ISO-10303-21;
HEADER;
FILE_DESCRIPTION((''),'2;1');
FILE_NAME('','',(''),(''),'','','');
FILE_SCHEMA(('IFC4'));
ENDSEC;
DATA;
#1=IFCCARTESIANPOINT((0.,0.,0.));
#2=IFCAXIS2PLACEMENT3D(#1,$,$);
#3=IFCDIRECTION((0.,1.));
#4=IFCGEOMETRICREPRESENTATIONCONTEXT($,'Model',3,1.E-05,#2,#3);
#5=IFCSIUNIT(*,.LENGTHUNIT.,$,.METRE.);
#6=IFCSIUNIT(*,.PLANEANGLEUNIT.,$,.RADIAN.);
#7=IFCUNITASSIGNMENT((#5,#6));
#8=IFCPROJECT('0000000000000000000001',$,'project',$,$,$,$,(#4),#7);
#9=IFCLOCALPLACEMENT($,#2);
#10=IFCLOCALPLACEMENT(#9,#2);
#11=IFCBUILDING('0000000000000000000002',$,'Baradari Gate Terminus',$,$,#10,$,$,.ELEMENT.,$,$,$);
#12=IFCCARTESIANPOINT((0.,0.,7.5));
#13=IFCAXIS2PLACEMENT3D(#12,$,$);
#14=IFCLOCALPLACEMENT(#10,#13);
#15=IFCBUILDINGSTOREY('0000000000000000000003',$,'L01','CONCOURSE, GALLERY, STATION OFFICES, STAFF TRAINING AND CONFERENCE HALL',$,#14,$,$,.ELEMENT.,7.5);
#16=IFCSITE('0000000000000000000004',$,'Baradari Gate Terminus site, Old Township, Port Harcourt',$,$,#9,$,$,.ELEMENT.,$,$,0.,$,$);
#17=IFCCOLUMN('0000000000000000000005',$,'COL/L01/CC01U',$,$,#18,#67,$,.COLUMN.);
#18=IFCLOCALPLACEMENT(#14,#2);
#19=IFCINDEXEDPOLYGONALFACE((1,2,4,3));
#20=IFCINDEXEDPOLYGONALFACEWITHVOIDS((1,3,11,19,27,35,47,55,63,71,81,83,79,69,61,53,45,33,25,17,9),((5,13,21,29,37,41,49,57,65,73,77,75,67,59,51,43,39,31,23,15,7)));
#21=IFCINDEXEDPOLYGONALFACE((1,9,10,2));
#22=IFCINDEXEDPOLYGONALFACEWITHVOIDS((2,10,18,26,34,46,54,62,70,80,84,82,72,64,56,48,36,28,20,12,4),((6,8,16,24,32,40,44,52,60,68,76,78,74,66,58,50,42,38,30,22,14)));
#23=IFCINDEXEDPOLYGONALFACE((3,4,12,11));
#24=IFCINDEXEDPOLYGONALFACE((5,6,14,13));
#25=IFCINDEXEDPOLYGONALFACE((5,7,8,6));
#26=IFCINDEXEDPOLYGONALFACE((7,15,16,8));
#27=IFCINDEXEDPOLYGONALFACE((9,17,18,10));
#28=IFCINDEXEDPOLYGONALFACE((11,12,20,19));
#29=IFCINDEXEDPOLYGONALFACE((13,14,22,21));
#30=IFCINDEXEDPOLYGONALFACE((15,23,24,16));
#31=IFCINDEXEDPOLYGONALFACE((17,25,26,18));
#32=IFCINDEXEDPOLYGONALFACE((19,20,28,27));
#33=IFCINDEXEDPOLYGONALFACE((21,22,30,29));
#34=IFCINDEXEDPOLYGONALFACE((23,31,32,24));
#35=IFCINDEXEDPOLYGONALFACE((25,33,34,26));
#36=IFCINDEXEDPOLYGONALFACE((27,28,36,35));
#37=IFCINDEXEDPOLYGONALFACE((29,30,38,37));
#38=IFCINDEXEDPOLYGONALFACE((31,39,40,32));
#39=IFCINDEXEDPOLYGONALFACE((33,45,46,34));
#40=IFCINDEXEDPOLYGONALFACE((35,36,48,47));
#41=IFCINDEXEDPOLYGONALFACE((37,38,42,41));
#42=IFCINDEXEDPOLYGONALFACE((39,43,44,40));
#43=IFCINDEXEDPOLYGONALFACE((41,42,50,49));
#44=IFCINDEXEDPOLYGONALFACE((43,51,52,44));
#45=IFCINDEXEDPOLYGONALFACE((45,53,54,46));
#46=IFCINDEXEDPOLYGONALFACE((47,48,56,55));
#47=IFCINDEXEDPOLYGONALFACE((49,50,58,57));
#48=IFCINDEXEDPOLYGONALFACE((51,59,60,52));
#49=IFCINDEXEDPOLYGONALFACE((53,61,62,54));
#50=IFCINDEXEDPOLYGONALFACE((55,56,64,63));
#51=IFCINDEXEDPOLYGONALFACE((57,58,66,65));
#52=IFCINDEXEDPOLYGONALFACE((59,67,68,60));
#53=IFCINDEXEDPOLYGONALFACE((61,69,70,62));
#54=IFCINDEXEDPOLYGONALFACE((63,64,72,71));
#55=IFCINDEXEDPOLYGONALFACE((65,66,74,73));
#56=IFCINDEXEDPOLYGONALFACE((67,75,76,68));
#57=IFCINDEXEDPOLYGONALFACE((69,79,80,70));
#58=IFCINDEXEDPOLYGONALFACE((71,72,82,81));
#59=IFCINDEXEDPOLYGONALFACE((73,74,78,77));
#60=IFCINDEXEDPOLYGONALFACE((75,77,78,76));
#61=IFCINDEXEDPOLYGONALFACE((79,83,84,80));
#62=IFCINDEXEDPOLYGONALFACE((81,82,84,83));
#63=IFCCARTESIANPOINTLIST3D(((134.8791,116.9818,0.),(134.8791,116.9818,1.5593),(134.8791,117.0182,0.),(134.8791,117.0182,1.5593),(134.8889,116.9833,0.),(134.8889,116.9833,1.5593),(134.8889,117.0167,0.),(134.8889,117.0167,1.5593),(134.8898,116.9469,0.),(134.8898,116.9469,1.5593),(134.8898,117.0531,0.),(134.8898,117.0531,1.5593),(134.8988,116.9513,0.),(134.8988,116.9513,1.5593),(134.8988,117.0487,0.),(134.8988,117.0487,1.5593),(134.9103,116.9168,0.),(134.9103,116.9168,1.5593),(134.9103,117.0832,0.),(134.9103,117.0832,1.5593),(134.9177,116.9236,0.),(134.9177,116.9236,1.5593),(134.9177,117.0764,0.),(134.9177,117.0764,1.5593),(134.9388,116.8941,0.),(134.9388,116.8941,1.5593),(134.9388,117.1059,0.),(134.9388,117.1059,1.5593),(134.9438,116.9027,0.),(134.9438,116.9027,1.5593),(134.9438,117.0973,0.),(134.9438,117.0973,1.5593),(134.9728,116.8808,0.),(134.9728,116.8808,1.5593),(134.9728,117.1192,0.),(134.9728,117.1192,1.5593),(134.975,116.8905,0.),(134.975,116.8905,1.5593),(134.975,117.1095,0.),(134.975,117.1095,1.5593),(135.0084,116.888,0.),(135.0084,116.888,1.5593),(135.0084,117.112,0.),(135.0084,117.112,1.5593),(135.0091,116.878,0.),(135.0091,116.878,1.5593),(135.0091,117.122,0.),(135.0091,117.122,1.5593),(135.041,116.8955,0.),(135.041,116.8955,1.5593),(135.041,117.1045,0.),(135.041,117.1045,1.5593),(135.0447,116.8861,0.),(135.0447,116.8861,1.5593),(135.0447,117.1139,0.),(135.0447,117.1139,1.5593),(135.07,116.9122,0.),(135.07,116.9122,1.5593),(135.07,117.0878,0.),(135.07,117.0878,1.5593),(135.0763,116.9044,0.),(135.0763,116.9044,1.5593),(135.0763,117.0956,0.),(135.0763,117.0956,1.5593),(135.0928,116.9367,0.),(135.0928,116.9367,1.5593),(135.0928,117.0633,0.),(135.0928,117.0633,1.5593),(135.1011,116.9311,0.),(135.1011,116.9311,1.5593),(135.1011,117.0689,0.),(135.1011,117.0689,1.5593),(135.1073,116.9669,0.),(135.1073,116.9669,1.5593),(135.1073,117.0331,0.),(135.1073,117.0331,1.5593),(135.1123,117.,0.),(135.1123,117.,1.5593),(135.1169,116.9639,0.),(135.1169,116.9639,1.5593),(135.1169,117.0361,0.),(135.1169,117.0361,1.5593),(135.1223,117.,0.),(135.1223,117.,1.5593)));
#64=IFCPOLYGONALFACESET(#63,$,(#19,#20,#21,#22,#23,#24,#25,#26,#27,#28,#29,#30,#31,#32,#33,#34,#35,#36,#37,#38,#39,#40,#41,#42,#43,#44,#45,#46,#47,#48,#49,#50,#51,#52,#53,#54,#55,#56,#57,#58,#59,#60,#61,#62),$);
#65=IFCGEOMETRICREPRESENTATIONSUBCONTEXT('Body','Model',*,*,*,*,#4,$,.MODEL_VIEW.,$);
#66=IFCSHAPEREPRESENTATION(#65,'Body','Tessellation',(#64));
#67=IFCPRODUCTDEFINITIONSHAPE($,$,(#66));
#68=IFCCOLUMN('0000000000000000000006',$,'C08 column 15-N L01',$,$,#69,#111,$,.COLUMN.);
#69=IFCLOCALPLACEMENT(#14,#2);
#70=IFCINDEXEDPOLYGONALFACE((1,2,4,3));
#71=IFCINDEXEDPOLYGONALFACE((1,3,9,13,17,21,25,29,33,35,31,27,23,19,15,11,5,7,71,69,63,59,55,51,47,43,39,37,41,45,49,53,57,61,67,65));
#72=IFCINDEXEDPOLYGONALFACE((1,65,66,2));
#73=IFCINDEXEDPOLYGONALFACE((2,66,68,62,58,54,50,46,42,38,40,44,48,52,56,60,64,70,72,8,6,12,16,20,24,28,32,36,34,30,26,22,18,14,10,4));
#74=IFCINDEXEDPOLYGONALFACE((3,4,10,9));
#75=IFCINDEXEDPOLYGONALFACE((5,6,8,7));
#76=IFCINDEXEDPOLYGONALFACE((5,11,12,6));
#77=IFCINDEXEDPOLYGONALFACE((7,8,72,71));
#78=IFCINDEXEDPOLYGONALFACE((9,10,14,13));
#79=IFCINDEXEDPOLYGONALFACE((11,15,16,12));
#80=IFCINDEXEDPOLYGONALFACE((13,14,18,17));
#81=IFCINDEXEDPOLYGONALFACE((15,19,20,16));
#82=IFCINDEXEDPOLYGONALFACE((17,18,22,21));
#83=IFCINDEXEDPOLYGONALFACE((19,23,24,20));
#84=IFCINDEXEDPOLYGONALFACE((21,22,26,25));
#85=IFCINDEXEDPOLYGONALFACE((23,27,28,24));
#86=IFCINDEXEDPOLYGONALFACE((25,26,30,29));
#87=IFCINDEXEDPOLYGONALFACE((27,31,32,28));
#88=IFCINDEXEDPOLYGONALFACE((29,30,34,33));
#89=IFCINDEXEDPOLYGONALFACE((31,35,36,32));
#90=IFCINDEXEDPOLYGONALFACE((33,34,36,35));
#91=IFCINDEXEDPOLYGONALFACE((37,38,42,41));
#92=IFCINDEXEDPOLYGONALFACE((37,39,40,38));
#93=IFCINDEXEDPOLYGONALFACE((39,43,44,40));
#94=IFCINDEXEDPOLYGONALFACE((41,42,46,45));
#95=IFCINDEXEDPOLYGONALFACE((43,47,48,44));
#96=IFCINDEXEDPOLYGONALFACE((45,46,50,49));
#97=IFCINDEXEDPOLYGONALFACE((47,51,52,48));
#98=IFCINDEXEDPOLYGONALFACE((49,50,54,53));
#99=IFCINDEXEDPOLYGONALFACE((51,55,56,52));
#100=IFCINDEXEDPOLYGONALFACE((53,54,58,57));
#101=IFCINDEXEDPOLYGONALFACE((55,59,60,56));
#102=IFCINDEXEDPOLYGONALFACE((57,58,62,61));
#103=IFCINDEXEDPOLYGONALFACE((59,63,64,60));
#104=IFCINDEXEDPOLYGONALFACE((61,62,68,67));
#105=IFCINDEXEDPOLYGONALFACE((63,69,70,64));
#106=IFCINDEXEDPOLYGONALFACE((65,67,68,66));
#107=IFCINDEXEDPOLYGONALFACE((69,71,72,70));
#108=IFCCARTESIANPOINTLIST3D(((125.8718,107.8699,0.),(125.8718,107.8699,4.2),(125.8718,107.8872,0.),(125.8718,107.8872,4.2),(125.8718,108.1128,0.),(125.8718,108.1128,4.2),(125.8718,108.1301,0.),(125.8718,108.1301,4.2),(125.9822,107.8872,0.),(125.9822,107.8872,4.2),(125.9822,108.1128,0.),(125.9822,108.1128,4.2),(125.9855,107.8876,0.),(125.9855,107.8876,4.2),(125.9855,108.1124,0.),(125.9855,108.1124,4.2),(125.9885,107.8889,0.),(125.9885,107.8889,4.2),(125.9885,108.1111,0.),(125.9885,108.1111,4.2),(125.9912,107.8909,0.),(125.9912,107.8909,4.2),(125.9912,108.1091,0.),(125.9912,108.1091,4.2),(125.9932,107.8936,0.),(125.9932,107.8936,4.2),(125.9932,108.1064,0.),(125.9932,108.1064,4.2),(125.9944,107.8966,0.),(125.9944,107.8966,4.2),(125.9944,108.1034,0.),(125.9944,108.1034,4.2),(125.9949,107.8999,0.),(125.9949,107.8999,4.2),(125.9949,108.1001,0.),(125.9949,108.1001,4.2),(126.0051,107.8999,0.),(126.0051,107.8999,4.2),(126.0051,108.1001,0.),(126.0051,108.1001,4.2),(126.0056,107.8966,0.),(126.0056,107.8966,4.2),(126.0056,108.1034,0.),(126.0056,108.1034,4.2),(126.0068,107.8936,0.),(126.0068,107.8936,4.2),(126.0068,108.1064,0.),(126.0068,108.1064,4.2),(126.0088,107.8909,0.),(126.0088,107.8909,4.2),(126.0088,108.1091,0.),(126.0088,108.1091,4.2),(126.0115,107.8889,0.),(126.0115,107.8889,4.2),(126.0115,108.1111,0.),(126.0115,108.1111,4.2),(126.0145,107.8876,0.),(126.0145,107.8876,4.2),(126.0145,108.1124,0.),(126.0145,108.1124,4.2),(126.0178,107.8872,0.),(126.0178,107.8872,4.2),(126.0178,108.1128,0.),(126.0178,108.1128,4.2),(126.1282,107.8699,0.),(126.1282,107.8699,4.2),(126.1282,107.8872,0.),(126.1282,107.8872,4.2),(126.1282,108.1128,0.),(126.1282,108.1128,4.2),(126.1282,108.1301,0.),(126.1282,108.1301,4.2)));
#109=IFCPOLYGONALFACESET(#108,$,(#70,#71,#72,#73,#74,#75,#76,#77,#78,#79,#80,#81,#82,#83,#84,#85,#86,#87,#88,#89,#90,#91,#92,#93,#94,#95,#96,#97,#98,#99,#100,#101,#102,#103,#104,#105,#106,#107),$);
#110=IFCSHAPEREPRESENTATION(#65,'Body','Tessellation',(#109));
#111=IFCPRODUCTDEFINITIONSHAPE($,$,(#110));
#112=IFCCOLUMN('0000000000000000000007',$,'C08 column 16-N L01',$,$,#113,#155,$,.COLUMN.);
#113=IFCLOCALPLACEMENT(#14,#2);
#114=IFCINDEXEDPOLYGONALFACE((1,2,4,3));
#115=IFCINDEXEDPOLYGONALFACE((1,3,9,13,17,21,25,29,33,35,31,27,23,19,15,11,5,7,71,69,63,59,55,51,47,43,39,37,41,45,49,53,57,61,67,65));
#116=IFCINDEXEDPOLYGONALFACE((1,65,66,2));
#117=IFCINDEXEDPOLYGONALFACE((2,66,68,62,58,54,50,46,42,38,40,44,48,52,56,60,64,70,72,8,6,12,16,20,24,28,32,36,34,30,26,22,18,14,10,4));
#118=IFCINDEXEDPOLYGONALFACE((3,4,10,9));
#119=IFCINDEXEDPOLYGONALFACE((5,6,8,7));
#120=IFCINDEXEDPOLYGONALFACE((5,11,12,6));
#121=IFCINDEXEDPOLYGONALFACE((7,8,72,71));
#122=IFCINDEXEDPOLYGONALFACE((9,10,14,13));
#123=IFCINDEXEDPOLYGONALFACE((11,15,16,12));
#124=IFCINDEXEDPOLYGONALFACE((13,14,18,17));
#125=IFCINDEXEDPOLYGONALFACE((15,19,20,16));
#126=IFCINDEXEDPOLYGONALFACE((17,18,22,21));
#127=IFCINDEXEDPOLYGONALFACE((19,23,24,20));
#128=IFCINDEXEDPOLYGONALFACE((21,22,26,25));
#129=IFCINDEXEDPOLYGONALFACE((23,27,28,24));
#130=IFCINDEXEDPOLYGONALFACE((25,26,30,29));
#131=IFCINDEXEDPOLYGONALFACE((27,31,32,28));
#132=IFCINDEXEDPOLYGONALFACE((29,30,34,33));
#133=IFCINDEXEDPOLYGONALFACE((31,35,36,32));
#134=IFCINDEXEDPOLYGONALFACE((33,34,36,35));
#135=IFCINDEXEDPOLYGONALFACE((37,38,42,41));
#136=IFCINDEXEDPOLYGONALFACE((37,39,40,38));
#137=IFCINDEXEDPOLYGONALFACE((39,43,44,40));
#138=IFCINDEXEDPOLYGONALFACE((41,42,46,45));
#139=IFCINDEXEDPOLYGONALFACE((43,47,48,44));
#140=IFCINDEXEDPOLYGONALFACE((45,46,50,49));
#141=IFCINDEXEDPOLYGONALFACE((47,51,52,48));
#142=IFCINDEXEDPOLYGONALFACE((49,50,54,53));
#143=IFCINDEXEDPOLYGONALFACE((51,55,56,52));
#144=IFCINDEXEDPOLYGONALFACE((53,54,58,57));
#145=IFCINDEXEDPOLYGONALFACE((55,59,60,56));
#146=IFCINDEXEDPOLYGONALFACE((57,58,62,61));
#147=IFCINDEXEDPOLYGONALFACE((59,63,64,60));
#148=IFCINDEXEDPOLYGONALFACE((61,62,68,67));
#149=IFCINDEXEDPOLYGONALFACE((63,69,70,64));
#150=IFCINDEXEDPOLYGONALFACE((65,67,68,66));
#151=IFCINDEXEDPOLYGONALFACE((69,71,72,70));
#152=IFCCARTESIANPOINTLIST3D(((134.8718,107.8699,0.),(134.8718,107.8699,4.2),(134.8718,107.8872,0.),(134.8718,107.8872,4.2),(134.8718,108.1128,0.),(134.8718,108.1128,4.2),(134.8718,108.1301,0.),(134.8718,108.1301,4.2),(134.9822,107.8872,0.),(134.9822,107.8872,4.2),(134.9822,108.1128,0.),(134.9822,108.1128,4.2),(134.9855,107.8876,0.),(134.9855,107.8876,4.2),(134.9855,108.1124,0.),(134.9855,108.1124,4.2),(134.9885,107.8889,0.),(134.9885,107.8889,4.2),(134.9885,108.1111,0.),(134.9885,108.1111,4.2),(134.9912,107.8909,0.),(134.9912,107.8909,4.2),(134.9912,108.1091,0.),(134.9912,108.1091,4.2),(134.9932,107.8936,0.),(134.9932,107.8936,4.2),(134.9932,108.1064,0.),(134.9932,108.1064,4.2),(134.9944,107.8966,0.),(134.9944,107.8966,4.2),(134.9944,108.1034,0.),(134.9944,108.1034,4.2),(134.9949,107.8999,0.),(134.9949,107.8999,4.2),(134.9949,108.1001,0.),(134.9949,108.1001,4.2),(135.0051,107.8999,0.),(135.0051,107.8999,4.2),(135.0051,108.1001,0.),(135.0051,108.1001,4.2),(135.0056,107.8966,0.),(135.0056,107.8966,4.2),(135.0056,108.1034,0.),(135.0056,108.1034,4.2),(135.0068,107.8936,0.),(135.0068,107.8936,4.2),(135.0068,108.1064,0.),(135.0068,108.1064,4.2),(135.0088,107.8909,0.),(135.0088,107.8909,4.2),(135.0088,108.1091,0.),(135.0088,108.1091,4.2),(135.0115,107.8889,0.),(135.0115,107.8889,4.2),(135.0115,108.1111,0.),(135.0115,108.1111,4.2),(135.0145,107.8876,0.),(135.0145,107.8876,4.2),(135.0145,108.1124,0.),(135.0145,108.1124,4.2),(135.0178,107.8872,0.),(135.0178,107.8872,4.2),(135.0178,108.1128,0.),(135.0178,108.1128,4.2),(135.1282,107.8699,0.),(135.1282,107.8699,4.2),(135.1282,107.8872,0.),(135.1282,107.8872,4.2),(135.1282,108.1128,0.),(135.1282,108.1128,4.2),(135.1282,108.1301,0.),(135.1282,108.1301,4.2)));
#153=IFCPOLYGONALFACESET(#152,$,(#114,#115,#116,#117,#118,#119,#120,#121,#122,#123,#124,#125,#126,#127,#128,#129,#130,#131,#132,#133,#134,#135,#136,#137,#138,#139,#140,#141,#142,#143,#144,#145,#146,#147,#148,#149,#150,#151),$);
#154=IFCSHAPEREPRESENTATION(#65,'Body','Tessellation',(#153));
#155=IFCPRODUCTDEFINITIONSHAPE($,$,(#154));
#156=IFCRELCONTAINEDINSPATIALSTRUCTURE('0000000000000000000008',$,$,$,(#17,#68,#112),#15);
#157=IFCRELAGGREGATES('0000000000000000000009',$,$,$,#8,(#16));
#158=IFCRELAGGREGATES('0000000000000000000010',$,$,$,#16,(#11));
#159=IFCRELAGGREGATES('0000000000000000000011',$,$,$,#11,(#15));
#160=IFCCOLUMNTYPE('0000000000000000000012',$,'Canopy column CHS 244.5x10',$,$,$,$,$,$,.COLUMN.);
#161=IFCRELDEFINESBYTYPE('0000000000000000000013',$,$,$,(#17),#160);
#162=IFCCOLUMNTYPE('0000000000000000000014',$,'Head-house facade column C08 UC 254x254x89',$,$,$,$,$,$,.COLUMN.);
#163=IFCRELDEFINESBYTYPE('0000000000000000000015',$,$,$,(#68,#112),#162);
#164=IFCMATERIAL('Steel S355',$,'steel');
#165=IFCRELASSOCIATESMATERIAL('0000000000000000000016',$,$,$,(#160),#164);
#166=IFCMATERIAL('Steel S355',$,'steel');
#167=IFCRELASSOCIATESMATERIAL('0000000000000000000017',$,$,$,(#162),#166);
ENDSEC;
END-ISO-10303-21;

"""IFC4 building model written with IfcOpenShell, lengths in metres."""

from ifc_helpers import new_model, si_unit, direction, frame, origin, origin_2d, place, context, subcontext, project, spatial, hollow_circle, i_section, extrude, material, material_profile, profile_set, type_object, element, save


model = new_model("IFC4")

# Units and contexts
model_context = context("Model", 3, precision=1e-05, world=origin(), true_north=direction((0.0, 1.0)))
body_context = subcontext(model_context, "Body", "Model", "MODEL_VIEW")
ifc_project = project(units=[si_unit("LENGTHUNIT", "METRE"), si_unit("PLANEANGLEUNIT", "RADIAN")], contexts=[model_context])

# Site, building, storey
site_placement = place(None, origin())
site = spatial("IfcSite", under=ifc_project, at=site_placement, Name="Baradari Gate Terminus site, Old Township, Port Harcourt", CompositionType="ELEMENT", RefElevation=0.0)
building_placement = place(site_placement, origin())
building = spatial("IfcBuilding", under=site, at=building_placement, Name="Baradari Gate Terminus", CompositionType="ELEMENT")
storey_placement = place(building_placement, frame((0.0, 0.0, 7.5)))
storey = spatial("IfcBuildingStorey", under=building, at=storey_placement, Name="L01", Description="CONCOURSE, GALLERY, STATION OFFICES, STAFF TRAINING AND CONFERENCE HALL", CompositionType="ELEMENT", Elevation=7.5)

# Columns
ifc_material_1 = material(Name="Steel S355", Category="steel")
ifc_material_profile_1 = material_profile(ifc_material_1, hollow_circle(Radius=0.1223, WallThickness=0.01, at=origin_2d()), Name="CHS 244.5x10")
ifc_profile_set_1 = profile_set([ifc_material_profile_1], Name="Steel S355")
column_type_1 = type_object("IfcColumnType", Name="Canopy column CHS 244.5x10", PredefinedType="COLUMN", material=ifc_profile_set_1)
column_placement = place(storey_placement, frame((135.0, 117.0, 0.0), z_axis=(0.0, 0.0, 1.0), x_axis=(1.0, 0.0, 0.0)))
element("IfcColumn", 1, at=column_placement, inside=storey, type_object=column_type_1, Name="COL/L01/CC01U", PredefinedType="COLUMN", context=body_context, shape_type="SweptSolid", body=[
    extrude(hollow_circle(Radius=0.1223, WallThickness=0.01, at=origin_2d()), origin(), (0.0, 0.0, 1.0), 1.5593),
])
ifc_material_2 = material(Name="Steel S355", Category="steel")
ifc_material_profile_2 = material_profile(ifc_material_2, i_section(OverallWidth=0.2563, OverallDepth=0.2603, WebThickness=0.0103, FlangeThickness=0.0173, FilletRadius=0.0127, at=origin_2d()), Name="UC 254x254x89")
ifc_profile_set_2 = profile_set([ifc_material_profile_2], Name="Steel S355")
column_type_2 = type_object("IfcColumnType", Name="Head-house facade column C08 UC 254x254x89", PredefinedType="COLUMN", material=ifc_profile_set_2)
for number, where, z_axis, x_axis, name in (
    (2, (126.0, 108.0, 0.0), (0.0, 0.0, 1.0), (1.0, 0.0, 0.0), "C08 column 15-N L01"),
    (3, (135.0, 108.0, 0.0), (0.0, 0.0, 1.0), (1.0, 0.0, 0.0), "C08 column 16-N L01"),
):
    element("IfcColumn", number, at=place(storey_placement, frame(where, z_axis=z_axis, x_axis=x_axis)), inside=storey, type_object=column_type_2, Name=name, PredefinedType="COLUMN", context=body_context, shape_type="SweptSolid", body=[
        extrude(i_section(OverallWidth=0.2563, OverallDepth=0.2603, WebThickness=0.0103, FlangeThickness=0.0173, FilletRadius=0.0127, at=origin_2d()), origin(), (0.0, 0.0, 1.0), 4.2),
    ])

save(model, "model.ifc")
